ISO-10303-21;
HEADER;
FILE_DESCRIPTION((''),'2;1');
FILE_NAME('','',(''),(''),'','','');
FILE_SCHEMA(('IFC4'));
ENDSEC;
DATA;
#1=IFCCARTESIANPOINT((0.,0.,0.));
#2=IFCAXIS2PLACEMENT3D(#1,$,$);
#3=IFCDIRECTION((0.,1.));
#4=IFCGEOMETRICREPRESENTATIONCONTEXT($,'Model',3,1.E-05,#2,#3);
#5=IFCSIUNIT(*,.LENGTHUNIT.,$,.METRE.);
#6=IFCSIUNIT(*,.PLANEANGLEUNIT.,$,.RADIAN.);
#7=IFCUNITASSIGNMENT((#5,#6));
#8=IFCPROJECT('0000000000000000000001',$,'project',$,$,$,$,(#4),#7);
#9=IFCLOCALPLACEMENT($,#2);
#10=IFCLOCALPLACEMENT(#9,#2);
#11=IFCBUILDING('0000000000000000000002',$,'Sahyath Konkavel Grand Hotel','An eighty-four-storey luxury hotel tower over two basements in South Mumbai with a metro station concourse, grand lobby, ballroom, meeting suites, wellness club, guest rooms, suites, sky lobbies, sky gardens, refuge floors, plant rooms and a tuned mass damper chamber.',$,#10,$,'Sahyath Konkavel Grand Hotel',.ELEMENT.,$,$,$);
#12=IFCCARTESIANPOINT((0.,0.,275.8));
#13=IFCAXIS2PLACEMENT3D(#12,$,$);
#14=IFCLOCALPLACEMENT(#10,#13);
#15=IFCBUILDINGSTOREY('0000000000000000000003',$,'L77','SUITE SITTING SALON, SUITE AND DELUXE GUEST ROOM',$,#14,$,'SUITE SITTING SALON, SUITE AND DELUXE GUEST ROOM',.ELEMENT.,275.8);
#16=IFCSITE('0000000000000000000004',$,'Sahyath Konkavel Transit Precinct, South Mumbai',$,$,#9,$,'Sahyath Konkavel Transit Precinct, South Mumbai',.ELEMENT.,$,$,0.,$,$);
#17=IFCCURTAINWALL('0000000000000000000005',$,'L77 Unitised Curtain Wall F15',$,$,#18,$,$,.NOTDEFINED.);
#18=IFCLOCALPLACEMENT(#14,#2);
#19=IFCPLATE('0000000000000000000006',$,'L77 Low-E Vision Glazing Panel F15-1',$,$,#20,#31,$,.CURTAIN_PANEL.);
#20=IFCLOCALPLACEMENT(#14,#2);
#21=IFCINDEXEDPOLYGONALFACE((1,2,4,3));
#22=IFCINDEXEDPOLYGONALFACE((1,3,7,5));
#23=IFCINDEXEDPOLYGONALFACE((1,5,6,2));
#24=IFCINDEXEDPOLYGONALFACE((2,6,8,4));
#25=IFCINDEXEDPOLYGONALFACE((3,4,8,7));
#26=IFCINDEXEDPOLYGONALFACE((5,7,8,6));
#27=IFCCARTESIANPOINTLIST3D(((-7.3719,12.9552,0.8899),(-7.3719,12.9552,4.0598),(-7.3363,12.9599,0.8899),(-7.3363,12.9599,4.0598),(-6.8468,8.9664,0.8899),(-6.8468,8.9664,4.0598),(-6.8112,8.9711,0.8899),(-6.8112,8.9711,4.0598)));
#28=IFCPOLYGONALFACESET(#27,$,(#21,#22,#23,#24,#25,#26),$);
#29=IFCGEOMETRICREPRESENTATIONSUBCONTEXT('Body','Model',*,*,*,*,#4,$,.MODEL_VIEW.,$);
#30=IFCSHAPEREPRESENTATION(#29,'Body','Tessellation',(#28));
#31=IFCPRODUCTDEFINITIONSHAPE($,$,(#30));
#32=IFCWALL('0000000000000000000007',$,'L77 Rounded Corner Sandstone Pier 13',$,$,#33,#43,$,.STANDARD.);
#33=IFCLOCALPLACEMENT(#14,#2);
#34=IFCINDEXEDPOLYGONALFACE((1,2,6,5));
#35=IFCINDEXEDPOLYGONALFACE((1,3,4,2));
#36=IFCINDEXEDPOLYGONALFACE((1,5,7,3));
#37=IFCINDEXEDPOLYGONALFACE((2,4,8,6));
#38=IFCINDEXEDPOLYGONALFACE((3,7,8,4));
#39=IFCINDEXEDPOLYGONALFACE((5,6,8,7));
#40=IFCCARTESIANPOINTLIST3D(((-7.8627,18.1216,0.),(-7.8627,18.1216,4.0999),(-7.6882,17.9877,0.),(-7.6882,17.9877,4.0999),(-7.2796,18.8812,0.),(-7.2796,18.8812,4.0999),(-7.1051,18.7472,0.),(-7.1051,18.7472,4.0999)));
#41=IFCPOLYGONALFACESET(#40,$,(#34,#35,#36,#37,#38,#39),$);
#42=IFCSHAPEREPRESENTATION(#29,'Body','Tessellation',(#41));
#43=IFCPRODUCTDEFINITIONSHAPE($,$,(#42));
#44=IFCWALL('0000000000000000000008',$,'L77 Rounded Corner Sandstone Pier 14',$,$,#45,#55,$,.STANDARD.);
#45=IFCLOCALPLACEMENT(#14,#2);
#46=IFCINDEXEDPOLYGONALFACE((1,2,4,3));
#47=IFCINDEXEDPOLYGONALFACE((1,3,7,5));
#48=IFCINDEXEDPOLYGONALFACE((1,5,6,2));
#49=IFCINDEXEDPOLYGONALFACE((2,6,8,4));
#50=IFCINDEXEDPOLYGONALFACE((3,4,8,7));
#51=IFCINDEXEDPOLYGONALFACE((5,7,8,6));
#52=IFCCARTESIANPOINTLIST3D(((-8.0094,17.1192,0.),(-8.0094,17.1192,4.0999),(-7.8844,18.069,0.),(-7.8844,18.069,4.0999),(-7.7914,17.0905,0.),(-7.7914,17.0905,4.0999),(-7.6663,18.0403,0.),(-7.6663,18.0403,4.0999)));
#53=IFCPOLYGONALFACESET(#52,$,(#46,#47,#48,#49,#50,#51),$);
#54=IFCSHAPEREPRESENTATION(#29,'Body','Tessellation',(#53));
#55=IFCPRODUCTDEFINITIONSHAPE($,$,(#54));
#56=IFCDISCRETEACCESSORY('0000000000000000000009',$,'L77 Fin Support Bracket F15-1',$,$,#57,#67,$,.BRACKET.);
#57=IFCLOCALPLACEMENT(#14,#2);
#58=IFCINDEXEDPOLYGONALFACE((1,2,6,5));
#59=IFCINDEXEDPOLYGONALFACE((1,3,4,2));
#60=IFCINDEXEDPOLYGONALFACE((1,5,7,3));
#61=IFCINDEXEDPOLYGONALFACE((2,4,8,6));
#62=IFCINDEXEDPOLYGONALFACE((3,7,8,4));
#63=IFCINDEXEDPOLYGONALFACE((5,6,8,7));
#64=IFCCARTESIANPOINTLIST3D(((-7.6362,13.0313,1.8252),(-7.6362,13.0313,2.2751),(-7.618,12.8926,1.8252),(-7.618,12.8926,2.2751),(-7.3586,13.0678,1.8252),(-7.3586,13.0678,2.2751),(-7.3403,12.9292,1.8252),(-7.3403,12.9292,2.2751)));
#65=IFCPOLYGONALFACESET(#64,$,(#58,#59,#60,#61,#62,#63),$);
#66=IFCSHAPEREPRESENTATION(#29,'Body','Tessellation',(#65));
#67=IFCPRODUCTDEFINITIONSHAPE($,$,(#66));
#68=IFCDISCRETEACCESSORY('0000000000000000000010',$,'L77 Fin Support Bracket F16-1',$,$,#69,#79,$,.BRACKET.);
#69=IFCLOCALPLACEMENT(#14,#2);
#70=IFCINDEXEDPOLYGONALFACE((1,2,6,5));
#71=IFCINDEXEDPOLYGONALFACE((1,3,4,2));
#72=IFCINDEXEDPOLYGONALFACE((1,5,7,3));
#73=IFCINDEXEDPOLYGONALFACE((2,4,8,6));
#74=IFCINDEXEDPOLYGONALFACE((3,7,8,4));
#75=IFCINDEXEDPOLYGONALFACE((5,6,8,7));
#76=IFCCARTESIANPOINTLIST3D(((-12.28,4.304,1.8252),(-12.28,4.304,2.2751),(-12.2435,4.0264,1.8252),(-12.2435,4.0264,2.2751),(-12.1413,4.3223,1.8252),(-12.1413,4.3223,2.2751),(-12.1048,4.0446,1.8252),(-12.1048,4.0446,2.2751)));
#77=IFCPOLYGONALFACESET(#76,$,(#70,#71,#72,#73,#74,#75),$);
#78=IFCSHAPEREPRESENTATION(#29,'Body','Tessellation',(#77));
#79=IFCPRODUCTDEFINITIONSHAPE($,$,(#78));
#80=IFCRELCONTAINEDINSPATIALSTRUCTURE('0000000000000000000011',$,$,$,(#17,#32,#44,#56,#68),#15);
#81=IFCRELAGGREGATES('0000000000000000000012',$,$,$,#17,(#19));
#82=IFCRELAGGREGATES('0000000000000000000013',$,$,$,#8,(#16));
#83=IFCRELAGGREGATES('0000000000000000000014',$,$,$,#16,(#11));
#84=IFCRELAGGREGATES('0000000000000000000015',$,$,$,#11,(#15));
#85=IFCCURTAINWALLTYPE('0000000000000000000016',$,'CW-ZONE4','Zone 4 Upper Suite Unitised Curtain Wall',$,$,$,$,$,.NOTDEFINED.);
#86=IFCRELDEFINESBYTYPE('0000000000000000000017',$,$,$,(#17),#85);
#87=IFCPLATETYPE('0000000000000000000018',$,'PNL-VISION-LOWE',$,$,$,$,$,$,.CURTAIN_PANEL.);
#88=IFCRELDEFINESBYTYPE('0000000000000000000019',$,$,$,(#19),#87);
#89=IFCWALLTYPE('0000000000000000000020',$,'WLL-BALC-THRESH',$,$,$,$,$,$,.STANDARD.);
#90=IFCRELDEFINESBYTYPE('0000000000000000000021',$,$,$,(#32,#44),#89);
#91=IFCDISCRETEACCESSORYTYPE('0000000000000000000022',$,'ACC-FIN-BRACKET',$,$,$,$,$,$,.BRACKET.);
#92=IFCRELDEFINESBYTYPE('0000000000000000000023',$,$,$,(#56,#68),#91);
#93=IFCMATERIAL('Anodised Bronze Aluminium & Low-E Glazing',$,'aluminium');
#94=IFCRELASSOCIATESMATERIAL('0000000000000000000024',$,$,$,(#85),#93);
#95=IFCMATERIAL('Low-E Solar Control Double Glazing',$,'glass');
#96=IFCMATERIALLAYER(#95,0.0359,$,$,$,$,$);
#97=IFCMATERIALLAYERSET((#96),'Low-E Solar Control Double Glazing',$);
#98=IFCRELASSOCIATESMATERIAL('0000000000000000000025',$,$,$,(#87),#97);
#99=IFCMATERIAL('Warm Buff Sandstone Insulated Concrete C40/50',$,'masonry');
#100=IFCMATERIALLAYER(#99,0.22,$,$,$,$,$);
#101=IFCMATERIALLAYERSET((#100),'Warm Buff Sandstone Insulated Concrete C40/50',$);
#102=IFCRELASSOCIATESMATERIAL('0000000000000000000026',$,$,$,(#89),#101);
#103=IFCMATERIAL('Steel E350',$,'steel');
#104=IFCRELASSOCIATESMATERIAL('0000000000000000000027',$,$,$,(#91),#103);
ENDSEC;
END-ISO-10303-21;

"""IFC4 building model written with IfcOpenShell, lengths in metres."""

from ifc_helpers import new_model, si_unit, direction, frame, frame_2d, origin, origin_2d, place, context, subcontext, project, spatial, rectangle, extrude, source, transform, mapped, material, layer, layer_set, type_object, element, aggregate, save


model = new_model("IFC4")

# Units and contexts
model_context = context("Model", 3, precision=1e-05, world=origin(), true_north=direction((0.0, 1.0)))
body_context = subcontext(model_context, "Body", "Model", "MODEL_VIEW")
ifc_project = project(units=[si_unit("LENGTHUNIT", "METRE"), si_unit("PLANEANGLEUNIT", "RADIAN")], contexts=[model_context])

# Site, building, storey
site_placement = place(None, origin())
site = spatial("IfcSite", under=ifc_project, at=site_placement, Name="Sahyath Konkavel Transit Precinct, South Mumbai", LongName="Sahyath Konkavel Transit Precinct, South Mumbai", CompositionType="ELEMENT", RefElevation=0.0)
building_placement = place(site_placement, origin())
building = spatial("IfcBuilding", under=site, at=building_placement, Name="Sahyath Konkavel Grand Hotel", Description="An eighty-four-storey luxury hotel tower over two basements in South Mumbai with a metro station concourse, grand lobby, ballroom, meeting suites, wellness club, guest rooms, suites, sky lobbies, sky gardens, refuge floors, plant rooms and a tuned mass damper chamber.", LongName="Sahyath Konkavel Grand Hotel", CompositionType="ELEMENT")
storey_placement = place(building_placement, frame((0.0, 0.0, 275.8)))
storey = spatial("IfcBuildingStorey", under=building, at=storey_placement, Name="L77", Description="SUITE SITTING SALON, SUITE AND DELUXE GUEST ROOM", LongName="SUITE SITTING SALON, SUITE AND DELUXE GUEST ROOM", CompositionType="ELEMENT", Elevation=275.8)

# Shared definitions
ifc_material_1 = material(Name="Steel E350", Category="steel")

# Shared definitions
ifc_material_2 = material(Name="Anodised Bronze Aluminium & Low-E Glazing", Category="aluminium")
curtain_wall_type = type_object("IfcCurtainWallType", Name="CW-ZONE4", Description="Zone 4 Upper Suite Unitised Curtain Wall", PredefinedType="NOTDEFINED", material=ifc_material_2)

# Curtain wall
curtain_wall_1_placement = place(storey_placement, origin())
curtain_wall_1 = element("IfcCurtainWall", 1, at=curtain_wall_1_placement, inside=storey, type_object=curtain_wall_type, Name="L77 Unitised Curtain Wall F15", PredefinedType="NOTDEFINED")

# Plate
ifc_material_3 = material(Name="Low-E Solar Control Double Glazing", Category="glass")
ifc_layer_1 = layer(ifc_material_3, 0.0359)
ifc_layer_set_1 = layer_set([ifc_layer_1], Name="Low-E Solar Control Double Glazing")
plate_type_1 = type_object("IfcPlateType", Name="PNL-VISION-LOWE", PredefinedType="CURTAIN_PANEL", material=ifc_layer_set_1)
shared_shape_1 = source(origin(), body_context, "Body", "SweptSolid", [
    extrude(rectangle(XDim=4.0232, YDim=0.0359, at=origin_2d()), origin(), (0.0, 0.0, 1.0), 3.1699),
])
plate_1_placement = place(storey_placement, frame((-7.0916, 10.9631, 0.8899), z_axis=(0.0, 0.0, 1.0), x_axis=(0.130526, -0.991445, 0.0)))
plate_1 = element("IfcPlate", 2, at=plate_1_placement, type_object=plate_type_1, Name="L77 Low-E Vision Glazing Panel F15-1", PredefinedType="CURTAIN_PANEL", context=body_context, shape_type="MappedRepresentation", body=[
    mapped(shared_shape_1, transform((0.0, 0.0, 0.0), scale=1.0)),
])
aggregate(curtain_wall_1, [plate_1])

# Walls
ifc_material_4 = material(Name="Warm Buff Sandstone Insulated Concrete C40/50", Category="masonry")
ifc_layer_2 = layer(ifc_material_4, 0.22)
ifc_layer_set_2 = layer_set([ifc_layer_2], Name="Warm Buff Sandstone Insulated Concrete C40/50")
wall_type = type_object("IfcWallType", Name="WLL-BALC-THRESH", PredefinedType="STANDARD", material=ifc_layer_set_2)
wall_1_placement = place(storey_placement, frame((-7.1924, 18.8142, 0.0), z_axis=(0.0, 0.0, 1.0), x_axis=(-0.608897, -0.793249, 0.0)))
element("IfcWall", 3, at=wall_1_placement, inside=storey, type_object=wall_type, Name="L77 Rounded Corner Sandstone Pier 13", PredefinedType="STANDARD", context=body_context, shape_type="SweptSolid", body=[
    extrude(rectangle(XDim=0.9575, YDim=0.22, at=frame_2d((0.4788, 0.0))), origin(), (0.0, 0.0, 1.0), 4.0999),
])
wall_2_placement = place(storey_placement, frame((-7.7754, 18.0547, 0.0), z_axis=(0.0, 0.0, 1.0), x_axis=(-0.130494, -0.991449, 0.0)))
element("IfcWall", 4, at=wall_2_placement, inside=storey, type_object=wall_type, Name="L77 Rounded Corner Sandstone Pier 14", PredefinedType="STANDARD", context=body_context, shape_type="SweptSolid", body=[
    extrude(rectangle(XDim=0.958, YDim=0.22, at=frame_2d((0.479, 0.0))), origin(), (0.0, 0.0, 1.0), 4.0999),
])

# Discrete accessories
discrete_accessory_type = type_object("IfcDiscreteAccessoryType", Name="ACC-FIN-BRACKET", PredefinedType="BRACKET", material=ifc_material_1)
shared_shape_2 = source(origin(), body_context, "Body", "SweptSolid", [
    extrude(rectangle(XDim=0.28, YDim=0.1399, at=origin_2d()), origin(), (0.0, 0.0, 1.0), 0.45),
])
for number, where, z_axis, x_axis, name in (
    (5, (-7.4883, 12.9802, 1.8252), (0.0, 0.0, 1.0), (-0.991445, -0.130526, 0.0), "L77 Fin Support Bracket F15-1"),
    (6, (-12.1924, 4.1743, 1.8252), (0.0, 0.0, 1.0), (-0.130526, 0.991445, 0.0), "L77 Fin Support Bracket F16-1"),
):
    element("IfcDiscreteAccessory", number, at=place(storey_placement, frame(where, z_axis=z_axis, x_axis=x_axis)), inside=storey, type_object=discrete_accessory_type, Name=name, PredefinedType="BRACKET", context=body_context, shape_type="MappedRepresentation", body=[
        mapped(shared_shape_2, transform((0.0, 0.0, 0.0), scale=1.0)),
    ])

save(model, "model.ifc")
